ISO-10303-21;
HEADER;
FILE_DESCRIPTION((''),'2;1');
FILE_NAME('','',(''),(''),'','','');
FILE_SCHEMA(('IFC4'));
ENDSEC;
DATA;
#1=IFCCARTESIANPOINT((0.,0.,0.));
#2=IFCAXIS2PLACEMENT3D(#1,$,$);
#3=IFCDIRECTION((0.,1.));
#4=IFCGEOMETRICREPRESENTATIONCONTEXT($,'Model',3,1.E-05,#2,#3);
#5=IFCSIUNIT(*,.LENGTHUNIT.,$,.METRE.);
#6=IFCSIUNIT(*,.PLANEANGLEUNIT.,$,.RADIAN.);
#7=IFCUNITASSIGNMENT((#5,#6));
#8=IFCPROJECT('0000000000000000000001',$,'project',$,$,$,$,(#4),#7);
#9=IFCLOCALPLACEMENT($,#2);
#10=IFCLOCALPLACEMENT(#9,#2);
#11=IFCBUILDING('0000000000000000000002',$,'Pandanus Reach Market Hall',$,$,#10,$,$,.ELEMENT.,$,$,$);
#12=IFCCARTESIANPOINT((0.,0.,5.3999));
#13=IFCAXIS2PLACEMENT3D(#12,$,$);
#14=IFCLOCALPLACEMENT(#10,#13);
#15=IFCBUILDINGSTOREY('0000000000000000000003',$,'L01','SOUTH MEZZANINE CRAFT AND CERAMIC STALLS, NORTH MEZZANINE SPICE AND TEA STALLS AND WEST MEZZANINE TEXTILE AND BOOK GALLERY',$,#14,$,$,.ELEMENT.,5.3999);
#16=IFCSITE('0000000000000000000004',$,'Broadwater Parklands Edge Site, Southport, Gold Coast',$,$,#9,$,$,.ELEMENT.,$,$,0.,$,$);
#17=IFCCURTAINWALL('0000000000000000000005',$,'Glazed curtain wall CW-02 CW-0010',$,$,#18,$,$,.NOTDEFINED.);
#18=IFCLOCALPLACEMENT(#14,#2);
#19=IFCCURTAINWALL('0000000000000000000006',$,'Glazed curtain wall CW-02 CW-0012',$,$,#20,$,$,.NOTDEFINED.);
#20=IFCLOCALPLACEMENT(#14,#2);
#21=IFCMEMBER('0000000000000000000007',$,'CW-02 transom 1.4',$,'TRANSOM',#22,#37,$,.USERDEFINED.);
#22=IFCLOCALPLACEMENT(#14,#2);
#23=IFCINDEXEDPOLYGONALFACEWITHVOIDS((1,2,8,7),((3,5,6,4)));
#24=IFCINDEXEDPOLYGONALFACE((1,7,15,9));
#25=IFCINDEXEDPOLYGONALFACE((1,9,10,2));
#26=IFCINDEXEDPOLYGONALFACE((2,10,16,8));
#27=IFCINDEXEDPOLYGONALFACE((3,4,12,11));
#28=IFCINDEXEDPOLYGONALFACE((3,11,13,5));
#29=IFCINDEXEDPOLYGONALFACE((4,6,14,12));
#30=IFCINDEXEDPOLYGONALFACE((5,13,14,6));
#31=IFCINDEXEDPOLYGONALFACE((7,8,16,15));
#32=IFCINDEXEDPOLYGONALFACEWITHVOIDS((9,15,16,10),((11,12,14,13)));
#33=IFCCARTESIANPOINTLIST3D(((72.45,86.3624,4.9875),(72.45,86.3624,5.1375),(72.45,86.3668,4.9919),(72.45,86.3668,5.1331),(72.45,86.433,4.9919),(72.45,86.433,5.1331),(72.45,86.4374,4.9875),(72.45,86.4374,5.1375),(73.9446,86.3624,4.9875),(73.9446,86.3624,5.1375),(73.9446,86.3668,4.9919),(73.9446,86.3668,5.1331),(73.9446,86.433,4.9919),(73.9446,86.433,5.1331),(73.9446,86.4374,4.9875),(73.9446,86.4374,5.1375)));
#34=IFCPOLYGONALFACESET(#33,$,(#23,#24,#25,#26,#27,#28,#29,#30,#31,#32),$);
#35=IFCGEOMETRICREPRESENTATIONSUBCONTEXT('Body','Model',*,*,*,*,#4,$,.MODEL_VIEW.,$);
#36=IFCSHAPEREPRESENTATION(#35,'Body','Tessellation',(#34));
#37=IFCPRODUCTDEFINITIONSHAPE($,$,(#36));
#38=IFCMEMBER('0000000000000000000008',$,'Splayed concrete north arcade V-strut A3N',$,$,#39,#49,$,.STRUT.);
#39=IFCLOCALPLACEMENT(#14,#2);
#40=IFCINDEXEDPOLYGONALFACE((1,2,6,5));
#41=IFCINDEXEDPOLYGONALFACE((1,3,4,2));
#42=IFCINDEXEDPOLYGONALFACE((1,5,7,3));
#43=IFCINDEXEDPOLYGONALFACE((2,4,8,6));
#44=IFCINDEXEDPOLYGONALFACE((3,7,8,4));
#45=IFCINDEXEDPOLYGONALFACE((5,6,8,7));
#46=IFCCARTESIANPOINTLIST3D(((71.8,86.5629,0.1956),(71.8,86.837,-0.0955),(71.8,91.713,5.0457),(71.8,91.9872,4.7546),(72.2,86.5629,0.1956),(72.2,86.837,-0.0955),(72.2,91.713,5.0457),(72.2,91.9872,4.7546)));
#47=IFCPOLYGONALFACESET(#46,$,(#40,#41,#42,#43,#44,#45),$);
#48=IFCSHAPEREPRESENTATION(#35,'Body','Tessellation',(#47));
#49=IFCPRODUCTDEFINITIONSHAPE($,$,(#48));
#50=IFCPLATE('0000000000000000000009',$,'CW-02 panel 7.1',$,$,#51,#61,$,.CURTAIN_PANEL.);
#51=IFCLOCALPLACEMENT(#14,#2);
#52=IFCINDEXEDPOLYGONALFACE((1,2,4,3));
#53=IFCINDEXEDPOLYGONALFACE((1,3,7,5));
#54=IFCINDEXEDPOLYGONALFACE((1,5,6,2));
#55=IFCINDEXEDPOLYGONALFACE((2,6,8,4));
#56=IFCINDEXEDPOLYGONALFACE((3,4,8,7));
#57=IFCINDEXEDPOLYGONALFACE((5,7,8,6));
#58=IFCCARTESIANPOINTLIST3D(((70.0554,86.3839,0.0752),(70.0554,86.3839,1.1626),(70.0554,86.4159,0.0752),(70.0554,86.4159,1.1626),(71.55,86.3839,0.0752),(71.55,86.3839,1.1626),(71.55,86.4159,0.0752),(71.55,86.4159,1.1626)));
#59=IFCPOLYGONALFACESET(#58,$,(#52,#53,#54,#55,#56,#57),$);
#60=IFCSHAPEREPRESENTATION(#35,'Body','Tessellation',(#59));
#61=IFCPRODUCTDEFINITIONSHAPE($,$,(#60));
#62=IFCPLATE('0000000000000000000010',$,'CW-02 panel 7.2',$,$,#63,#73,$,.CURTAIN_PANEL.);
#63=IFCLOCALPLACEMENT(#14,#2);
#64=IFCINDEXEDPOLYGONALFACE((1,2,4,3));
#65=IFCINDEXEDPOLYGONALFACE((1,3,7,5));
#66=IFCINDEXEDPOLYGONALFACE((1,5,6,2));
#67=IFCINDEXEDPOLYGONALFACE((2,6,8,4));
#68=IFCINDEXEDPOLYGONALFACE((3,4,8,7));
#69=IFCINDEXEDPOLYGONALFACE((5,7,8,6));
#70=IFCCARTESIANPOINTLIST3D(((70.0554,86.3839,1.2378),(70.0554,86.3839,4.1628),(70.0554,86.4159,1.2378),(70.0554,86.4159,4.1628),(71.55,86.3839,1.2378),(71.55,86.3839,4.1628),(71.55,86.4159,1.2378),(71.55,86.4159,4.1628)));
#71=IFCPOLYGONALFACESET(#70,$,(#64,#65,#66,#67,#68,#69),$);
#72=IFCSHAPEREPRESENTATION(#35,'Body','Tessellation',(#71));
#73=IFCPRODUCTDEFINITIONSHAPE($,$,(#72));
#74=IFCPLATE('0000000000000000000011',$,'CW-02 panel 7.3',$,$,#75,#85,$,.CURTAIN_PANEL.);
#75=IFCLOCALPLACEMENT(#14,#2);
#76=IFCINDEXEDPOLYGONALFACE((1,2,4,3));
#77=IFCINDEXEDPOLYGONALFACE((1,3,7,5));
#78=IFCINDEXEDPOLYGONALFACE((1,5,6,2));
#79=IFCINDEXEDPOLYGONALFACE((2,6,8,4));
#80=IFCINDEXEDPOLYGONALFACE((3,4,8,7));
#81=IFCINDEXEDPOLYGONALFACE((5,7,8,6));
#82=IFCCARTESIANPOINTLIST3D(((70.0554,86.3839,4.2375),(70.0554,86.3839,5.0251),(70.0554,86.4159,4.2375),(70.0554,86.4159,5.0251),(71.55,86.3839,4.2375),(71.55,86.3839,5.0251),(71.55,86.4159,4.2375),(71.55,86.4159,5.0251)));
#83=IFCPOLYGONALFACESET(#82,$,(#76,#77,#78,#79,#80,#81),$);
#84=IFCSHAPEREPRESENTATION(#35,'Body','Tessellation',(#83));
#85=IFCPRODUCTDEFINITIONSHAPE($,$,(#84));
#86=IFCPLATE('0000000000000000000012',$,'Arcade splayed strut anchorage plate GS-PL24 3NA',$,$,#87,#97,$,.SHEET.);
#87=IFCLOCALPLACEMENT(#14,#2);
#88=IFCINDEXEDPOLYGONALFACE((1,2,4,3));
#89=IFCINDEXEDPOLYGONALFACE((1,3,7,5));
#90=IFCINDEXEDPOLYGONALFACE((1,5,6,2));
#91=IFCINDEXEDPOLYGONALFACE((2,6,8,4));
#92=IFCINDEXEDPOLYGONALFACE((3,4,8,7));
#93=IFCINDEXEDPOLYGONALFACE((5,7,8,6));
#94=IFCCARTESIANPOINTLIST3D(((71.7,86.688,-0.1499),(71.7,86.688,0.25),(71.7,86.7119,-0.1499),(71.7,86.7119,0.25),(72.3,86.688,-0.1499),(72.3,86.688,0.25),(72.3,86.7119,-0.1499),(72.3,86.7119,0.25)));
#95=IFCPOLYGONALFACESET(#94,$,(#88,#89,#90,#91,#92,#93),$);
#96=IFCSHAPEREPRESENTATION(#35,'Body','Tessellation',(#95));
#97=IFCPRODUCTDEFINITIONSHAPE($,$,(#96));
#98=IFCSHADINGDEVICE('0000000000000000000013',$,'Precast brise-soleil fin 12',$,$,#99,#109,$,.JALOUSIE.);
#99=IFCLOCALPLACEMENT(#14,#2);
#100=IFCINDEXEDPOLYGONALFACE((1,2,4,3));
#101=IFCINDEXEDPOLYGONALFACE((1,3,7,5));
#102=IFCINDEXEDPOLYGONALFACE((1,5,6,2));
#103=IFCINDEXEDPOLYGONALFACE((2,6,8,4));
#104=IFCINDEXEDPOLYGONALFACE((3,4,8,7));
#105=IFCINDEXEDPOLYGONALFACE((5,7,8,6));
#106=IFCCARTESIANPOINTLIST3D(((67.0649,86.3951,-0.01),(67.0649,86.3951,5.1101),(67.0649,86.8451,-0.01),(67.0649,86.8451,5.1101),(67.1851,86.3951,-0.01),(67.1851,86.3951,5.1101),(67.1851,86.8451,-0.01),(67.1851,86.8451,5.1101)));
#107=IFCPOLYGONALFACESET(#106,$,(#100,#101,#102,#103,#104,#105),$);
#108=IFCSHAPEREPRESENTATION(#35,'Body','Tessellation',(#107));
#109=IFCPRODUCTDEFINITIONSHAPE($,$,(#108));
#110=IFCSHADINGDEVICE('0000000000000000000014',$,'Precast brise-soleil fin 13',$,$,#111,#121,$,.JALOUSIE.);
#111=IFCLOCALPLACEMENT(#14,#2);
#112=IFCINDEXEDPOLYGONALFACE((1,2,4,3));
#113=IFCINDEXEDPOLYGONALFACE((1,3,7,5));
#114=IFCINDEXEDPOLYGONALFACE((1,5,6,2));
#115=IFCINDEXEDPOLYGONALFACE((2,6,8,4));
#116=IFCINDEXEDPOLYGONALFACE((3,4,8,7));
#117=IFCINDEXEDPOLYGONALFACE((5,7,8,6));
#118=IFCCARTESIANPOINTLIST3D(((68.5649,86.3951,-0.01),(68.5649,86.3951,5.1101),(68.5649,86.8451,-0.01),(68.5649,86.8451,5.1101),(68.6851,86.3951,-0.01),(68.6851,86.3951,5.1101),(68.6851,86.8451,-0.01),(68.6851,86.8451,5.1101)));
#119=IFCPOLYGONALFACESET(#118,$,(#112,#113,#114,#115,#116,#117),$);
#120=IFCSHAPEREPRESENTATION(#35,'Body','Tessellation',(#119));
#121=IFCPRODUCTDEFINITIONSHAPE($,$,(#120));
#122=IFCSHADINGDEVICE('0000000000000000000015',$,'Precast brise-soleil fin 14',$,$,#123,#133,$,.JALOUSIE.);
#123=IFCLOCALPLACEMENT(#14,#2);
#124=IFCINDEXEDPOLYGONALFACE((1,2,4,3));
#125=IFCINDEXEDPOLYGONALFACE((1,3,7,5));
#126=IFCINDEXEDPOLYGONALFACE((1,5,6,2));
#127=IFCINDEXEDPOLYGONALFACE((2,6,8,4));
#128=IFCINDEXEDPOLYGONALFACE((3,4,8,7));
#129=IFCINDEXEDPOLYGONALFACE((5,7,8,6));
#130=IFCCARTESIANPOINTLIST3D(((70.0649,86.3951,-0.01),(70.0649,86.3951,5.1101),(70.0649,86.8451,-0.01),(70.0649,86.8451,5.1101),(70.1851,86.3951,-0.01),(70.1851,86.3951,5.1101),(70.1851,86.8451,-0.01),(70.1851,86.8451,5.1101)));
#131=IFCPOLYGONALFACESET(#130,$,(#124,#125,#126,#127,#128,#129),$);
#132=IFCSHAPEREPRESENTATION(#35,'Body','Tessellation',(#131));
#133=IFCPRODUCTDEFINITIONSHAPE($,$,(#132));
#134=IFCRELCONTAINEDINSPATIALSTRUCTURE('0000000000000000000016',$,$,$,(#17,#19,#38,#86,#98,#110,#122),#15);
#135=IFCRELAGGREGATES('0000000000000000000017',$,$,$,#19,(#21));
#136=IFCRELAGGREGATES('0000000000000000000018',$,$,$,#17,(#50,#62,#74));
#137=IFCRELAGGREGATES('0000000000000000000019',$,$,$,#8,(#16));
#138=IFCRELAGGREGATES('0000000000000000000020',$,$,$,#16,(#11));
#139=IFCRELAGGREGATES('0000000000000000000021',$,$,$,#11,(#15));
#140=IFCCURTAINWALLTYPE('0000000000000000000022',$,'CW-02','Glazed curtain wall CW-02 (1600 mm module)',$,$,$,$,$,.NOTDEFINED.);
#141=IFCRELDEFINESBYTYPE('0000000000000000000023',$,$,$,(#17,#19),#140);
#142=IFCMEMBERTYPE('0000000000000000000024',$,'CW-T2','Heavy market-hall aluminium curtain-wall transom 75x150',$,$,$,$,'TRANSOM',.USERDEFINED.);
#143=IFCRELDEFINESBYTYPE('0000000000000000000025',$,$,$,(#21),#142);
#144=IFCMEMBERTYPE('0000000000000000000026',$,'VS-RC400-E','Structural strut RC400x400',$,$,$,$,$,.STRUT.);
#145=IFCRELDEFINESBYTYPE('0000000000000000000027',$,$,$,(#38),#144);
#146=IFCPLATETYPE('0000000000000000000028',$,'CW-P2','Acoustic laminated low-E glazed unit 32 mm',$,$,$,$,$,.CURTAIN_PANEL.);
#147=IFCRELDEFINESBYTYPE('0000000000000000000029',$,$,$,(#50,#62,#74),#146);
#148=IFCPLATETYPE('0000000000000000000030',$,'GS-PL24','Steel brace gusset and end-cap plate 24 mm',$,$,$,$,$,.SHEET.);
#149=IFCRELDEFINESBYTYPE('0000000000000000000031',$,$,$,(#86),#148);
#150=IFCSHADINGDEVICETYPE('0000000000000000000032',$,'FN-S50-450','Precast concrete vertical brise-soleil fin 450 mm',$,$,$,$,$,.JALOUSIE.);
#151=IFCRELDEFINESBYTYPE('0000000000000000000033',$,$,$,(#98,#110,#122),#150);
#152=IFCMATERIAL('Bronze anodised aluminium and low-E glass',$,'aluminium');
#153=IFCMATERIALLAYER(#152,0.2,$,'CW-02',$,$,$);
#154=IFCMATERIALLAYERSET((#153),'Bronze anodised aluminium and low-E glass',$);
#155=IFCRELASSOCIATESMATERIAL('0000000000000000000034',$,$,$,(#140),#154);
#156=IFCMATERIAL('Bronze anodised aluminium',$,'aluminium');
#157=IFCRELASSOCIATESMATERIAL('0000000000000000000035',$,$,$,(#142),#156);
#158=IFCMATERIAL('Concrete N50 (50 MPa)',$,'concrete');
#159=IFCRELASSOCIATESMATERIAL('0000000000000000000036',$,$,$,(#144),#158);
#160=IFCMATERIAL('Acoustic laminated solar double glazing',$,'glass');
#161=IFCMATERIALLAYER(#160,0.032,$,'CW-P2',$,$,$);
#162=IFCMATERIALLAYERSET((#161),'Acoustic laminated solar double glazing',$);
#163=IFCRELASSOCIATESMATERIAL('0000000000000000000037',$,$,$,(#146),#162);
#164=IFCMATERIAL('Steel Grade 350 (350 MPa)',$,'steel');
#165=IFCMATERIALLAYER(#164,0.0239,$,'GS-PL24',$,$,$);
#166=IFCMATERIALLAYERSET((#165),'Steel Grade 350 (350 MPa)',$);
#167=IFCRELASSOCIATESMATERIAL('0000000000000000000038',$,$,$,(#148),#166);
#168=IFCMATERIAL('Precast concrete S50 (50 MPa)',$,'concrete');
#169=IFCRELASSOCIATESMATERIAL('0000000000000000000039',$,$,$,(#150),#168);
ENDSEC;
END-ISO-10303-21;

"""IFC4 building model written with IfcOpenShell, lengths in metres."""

from ifc_helpers import new_model, si_unit, direction, frame, origin, origin_2d, place, context, subcontext, project, spatial, rectangle, hollow_rectangle, extrude, material, layer, layer_set, material_profile, profile_set, type_object, element, aggregate, save


model = new_model("IFC4")

# Units and contexts
model_context = context("Model", 3, precision=1e-05, world=origin(), true_north=direction((0.0, 1.0)))
body_context = subcontext(model_context, "Body", "Model", "MODEL_VIEW")
ifc_project = project(units=[si_unit("LENGTHUNIT", "METRE"), si_unit("PLANEANGLEUNIT", "RADIAN")], contexts=[model_context])

# Site, building, storey
site_placement = place(None, origin())
site = spatial("IfcSite", under=ifc_project, at=site_placement, Name="Broadwater Parklands Edge Site, Southport, Gold Coast", CompositionType="ELEMENT", RefElevation=0.0)
building_placement = place(site_placement, origin())
building = spatial("IfcBuilding", under=site, at=building_placement, Name="Pandanus Reach Market Hall", CompositionType="ELEMENT")
storey_placement = place(building_placement, frame((0.0, 0.0, 5.3999)))
storey = spatial("IfcBuildingStorey", under=building, at=storey_placement, Name="L01", Description="SOUTH MEZZANINE CRAFT AND CERAMIC STALLS, NORTH MEZZANINE SPICE AND TEA STALLS AND WEST MEZZANINE TEXTILE AND BOOK GALLERY", CompositionType="ELEMENT", Elevation=5.3999)

# Shared definitions
ifc_material_1 = material(Name="Concrete N50 (50 MPa)", Category="concrete")

# Curtain walls
ifc_material_2 = material(Name="Bronze anodised aluminium and low-E glass", Category="aluminium")
ifc_layer_1 = layer(ifc_material_2, 0.2, Name="CW-02")
ifc_layer_set_1 = layer_set([ifc_layer_1], Name="Bronze anodised aluminium and low-E glass")
curtain_wall_type = type_object("IfcCurtainWallType", Name="CW-02", Description="Glazed curtain wall CW-02 (1600 mm module)", PredefinedType="NOTDEFINED", material=ifc_layer_set_1)
curtain_wall_1_placement = place(storey_placement, origin())
curtain_wall_1 = element("IfcCurtainWall", 1, at=curtain_wall_1_placement, inside=storey, type_object=curtain_wall_type, Name="Glazed curtain wall CW-02 CW-0010", PredefinedType="NOTDEFINED")
ifc_material_3 = material(Name="Bronze anodised aluminium", Category="aluminium")
curtain_wall_2_placement = place(storey_placement, origin())
curtain_wall_2 = element("IfcCurtainWall", 2, at=curtain_wall_2_placement, inside=storey, type_object=curtain_wall_type, Name="Glazed curtain wall CW-02 CW-0012", PredefinedType="NOTDEFINED")

# Members
ifc_material_profile_1 = material_profile(ifc_material_3, hollow_rectangle(XDim=0.075, YDim=0.1499, WallThickness=0.0044, at=origin_2d()), Name="ALU75x150", Category="LoadBearing")
ifc_profile_set_1 = profile_set([ifc_material_profile_1], Name="Bronze anodised aluminium")
member_type_1 = type_object("IfcMemberType", Name="CW-T2", Description="Heavy market-hall aluminium curtain-wall transom 75x150", ElementType="TRANSOM", PredefinedType="USERDEFINED", material=ifc_profile_set_1)
member_1_placement = place(storey_placement, frame((72.45, 86.3999, 5.0625), z_axis=(1.0, 0.0, 0.0), x_axis=(0.0, 1.0, 0.0)))
member_1 = element("IfcMember", 3, at=member_1_placement, type_object=member_type_1, Name="CW-02 transom 1.4", ObjectType="TRANSOM", PredefinedType="USERDEFINED", context=body_context, shape_type="SweptSolid", body=[
    extrude(hollow_rectangle(XDim=0.075, YDim=0.1499, WallThickness=0.0044, at=origin_2d()), origin(), (0.0, 0.0, 1.0), 1.4946),
])
aggregate(curtain_wall_2, [member_1])
ifc_material_profile_2 = material_profile(ifc_material_1, rectangle(XDim=0.3999, YDim=0.3999, at=origin_2d()), Name="RC400x400", Category="LoadBearing")
ifc_profile_set_2 = profile_set([ifc_material_profile_2], Name="Concrete N50 (50 MPa)")
member_type_2 = type_object("IfcMemberType", Name="VS-RC400-E", Description="Structural strut RC400x400", PredefinedType="STRUT", material=ifc_profile_set_2)
member_2_placement = place(storey_placement, frame((72.0, 86.7, 0.05), z_axis=(0.0, 0.727995, 0.685582), x_axis=(-1.0, 0.0, 0.0)))
element("IfcMember", 4, at=member_2_placement, inside=storey, type_object=member_type_2, Name="Splayed concrete north arcade V-strut A3N", PredefinedType="STRUT", context=body_context, shape_type="SweptSolid", body=[
    extrude(rectangle(XDim=0.3999, YDim=0.3999, at=origin_2d()), origin(), (0.0, 0.0, 1.0), 7.0745),
])

# Plates
ifc_material_4 = material(Name="Acoustic laminated solar double glazing", Category="glass")
ifc_layer_2 = layer(ifc_material_4, 0.032, Name="CW-P2")
ifc_layer_set_2 = layer_set([ifc_layer_2], Name="Acoustic laminated solar double glazing")
plate_type_1 = type_object("IfcPlateType", Name="CW-P2", Description="Acoustic laminated low-E glazed unit 32 mm", PredefinedType="CURTAIN_PANEL", material=ifc_layer_set_2)
plate_1_placement = place(storey_placement, frame((70.8027, 86.3999, 0.0752), z_axis=(0.0, 0.0, 1.0), x_axis=(1.0, 0.0, 0.0)))
plate_1 = element("IfcPlate", 5, at=plate_1_placement, type_object=plate_type_1, Name="CW-02 panel 7.1", PredefinedType="CURTAIN_PANEL", context=body_context, shape_type="SweptSolid", body=[
    extrude(rectangle(XDim=1.4946, YDim=0.032, at=origin_2d()), origin(), (0.0, 0.0, 1.0), 1.0874),
])
plate_2_placement = place(storey_placement, frame((70.8027, 86.3999, 1.2378), z_axis=(0.0, 0.0, 1.0), x_axis=(1.0, 0.0, 0.0)))
plate_2 = element("IfcPlate", 6, at=plate_2_placement, type_object=plate_type_1, Name="CW-02 panel 7.2", PredefinedType="CURTAIN_PANEL", context=body_context, shape_type="SweptSolid", body=[
    extrude(rectangle(XDim=1.4946, YDim=0.032, at=origin_2d()), origin(), (0.0, 0.0, 1.0), 2.925),
])
plate_3_placement = place(storey_placement, frame((70.8027, 86.3999, 4.2375), z_axis=(0.0, 0.0, 1.0), x_axis=(1.0, 0.0, 0.0)))
plate_3 = element("IfcPlate", 7, at=plate_3_placement, type_object=plate_type_1, Name="CW-02 panel 7.3", PredefinedType="CURTAIN_PANEL", context=body_context, shape_type="SweptSolid", body=[
    extrude(rectangle(XDim=1.4946, YDim=0.032, at=origin_2d()), origin(), (0.0, 0.0, 1.0), 0.7876),
])
aggregate(curtain_wall_1, [plate_1, plate_2, plate_3])
ifc_material_5 = material(Name="Steel Grade 350 (350 MPa)", Category="steel")
ifc_layer_3 = layer(ifc_material_5, 0.0239, Name="GS-PL24")
ifc_layer_set_3 = layer_set([ifc_layer_3], Name="Steel Grade 350 (350 MPa)")
plate_type_2 = type_object("IfcPlateType", Name="GS-PL24", Description="Steel brace gusset and end-cap plate 24 mm", PredefinedType="SHEET", material=ifc_layer_set_3)
plate_4_placement = place(storey_placement, frame((72.0, 86.7, -0.1499), z_axis=(0.0, 0.0, 1.0), x_axis=(1.0, 0.0, 0.0)))
element("IfcPlate", 8, at=plate_4_placement, inside=storey, type_object=plate_type_2, Name="Arcade splayed strut anchorage plate GS-PL24 3NA", PredefinedType="SHEET", context=body_context, shape_type="SweptSolid", body=[
    extrude(rectangle(XDim=0.6001, YDim=0.0239, at=origin_2d()), origin(), (0.0, 0.0, 1.0), 0.3999),
])

# Shading devices
ifc_material_6 = material(Name="Precast concrete S50 (50 MPa)", Category="concrete")
shading_device_type = type_object("IfcShadingDeviceType", Name="FN-S50-450", Description="Precast concrete vertical brise-soleil fin 450 mm", PredefinedType="JALOUSIE", material=ifc_material_6)
for number, where, z_axis, x_axis, name in (
    (9, (67.125, 86.6201, -0.01), (0.0, 0.0, 1.0), (0.0, 1.0, 0.0), "Precast brise-soleil fin 12"),
    (10, (68.625, 86.6201, -0.01), (0.0, 0.0, 1.0), (0.0, 1.0, 0.0), "Precast brise-soleil fin 13"),
    (11, (70.125, 86.6201, -0.01), (0.0, 0.0, 1.0), (0.0, 1.0, 0.0), "Precast brise-soleil fin 14"),
):
    element("IfcShadingDevice", number, at=place(storey_placement, frame(where, z_axis=z_axis, x_axis=x_axis)), inside=storey, type_object=shading_device_type, Name=name, PredefinedType="JALOUSIE", context=body_context, shape_type="SweptSolid", body=[
        extrude(rectangle(XDim=0.45, YDim=0.1201, at=origin_2d()), origin(), (0.0, 0.0, 1.0), 5.1201),
    ])

save(model, "model.ifc")
